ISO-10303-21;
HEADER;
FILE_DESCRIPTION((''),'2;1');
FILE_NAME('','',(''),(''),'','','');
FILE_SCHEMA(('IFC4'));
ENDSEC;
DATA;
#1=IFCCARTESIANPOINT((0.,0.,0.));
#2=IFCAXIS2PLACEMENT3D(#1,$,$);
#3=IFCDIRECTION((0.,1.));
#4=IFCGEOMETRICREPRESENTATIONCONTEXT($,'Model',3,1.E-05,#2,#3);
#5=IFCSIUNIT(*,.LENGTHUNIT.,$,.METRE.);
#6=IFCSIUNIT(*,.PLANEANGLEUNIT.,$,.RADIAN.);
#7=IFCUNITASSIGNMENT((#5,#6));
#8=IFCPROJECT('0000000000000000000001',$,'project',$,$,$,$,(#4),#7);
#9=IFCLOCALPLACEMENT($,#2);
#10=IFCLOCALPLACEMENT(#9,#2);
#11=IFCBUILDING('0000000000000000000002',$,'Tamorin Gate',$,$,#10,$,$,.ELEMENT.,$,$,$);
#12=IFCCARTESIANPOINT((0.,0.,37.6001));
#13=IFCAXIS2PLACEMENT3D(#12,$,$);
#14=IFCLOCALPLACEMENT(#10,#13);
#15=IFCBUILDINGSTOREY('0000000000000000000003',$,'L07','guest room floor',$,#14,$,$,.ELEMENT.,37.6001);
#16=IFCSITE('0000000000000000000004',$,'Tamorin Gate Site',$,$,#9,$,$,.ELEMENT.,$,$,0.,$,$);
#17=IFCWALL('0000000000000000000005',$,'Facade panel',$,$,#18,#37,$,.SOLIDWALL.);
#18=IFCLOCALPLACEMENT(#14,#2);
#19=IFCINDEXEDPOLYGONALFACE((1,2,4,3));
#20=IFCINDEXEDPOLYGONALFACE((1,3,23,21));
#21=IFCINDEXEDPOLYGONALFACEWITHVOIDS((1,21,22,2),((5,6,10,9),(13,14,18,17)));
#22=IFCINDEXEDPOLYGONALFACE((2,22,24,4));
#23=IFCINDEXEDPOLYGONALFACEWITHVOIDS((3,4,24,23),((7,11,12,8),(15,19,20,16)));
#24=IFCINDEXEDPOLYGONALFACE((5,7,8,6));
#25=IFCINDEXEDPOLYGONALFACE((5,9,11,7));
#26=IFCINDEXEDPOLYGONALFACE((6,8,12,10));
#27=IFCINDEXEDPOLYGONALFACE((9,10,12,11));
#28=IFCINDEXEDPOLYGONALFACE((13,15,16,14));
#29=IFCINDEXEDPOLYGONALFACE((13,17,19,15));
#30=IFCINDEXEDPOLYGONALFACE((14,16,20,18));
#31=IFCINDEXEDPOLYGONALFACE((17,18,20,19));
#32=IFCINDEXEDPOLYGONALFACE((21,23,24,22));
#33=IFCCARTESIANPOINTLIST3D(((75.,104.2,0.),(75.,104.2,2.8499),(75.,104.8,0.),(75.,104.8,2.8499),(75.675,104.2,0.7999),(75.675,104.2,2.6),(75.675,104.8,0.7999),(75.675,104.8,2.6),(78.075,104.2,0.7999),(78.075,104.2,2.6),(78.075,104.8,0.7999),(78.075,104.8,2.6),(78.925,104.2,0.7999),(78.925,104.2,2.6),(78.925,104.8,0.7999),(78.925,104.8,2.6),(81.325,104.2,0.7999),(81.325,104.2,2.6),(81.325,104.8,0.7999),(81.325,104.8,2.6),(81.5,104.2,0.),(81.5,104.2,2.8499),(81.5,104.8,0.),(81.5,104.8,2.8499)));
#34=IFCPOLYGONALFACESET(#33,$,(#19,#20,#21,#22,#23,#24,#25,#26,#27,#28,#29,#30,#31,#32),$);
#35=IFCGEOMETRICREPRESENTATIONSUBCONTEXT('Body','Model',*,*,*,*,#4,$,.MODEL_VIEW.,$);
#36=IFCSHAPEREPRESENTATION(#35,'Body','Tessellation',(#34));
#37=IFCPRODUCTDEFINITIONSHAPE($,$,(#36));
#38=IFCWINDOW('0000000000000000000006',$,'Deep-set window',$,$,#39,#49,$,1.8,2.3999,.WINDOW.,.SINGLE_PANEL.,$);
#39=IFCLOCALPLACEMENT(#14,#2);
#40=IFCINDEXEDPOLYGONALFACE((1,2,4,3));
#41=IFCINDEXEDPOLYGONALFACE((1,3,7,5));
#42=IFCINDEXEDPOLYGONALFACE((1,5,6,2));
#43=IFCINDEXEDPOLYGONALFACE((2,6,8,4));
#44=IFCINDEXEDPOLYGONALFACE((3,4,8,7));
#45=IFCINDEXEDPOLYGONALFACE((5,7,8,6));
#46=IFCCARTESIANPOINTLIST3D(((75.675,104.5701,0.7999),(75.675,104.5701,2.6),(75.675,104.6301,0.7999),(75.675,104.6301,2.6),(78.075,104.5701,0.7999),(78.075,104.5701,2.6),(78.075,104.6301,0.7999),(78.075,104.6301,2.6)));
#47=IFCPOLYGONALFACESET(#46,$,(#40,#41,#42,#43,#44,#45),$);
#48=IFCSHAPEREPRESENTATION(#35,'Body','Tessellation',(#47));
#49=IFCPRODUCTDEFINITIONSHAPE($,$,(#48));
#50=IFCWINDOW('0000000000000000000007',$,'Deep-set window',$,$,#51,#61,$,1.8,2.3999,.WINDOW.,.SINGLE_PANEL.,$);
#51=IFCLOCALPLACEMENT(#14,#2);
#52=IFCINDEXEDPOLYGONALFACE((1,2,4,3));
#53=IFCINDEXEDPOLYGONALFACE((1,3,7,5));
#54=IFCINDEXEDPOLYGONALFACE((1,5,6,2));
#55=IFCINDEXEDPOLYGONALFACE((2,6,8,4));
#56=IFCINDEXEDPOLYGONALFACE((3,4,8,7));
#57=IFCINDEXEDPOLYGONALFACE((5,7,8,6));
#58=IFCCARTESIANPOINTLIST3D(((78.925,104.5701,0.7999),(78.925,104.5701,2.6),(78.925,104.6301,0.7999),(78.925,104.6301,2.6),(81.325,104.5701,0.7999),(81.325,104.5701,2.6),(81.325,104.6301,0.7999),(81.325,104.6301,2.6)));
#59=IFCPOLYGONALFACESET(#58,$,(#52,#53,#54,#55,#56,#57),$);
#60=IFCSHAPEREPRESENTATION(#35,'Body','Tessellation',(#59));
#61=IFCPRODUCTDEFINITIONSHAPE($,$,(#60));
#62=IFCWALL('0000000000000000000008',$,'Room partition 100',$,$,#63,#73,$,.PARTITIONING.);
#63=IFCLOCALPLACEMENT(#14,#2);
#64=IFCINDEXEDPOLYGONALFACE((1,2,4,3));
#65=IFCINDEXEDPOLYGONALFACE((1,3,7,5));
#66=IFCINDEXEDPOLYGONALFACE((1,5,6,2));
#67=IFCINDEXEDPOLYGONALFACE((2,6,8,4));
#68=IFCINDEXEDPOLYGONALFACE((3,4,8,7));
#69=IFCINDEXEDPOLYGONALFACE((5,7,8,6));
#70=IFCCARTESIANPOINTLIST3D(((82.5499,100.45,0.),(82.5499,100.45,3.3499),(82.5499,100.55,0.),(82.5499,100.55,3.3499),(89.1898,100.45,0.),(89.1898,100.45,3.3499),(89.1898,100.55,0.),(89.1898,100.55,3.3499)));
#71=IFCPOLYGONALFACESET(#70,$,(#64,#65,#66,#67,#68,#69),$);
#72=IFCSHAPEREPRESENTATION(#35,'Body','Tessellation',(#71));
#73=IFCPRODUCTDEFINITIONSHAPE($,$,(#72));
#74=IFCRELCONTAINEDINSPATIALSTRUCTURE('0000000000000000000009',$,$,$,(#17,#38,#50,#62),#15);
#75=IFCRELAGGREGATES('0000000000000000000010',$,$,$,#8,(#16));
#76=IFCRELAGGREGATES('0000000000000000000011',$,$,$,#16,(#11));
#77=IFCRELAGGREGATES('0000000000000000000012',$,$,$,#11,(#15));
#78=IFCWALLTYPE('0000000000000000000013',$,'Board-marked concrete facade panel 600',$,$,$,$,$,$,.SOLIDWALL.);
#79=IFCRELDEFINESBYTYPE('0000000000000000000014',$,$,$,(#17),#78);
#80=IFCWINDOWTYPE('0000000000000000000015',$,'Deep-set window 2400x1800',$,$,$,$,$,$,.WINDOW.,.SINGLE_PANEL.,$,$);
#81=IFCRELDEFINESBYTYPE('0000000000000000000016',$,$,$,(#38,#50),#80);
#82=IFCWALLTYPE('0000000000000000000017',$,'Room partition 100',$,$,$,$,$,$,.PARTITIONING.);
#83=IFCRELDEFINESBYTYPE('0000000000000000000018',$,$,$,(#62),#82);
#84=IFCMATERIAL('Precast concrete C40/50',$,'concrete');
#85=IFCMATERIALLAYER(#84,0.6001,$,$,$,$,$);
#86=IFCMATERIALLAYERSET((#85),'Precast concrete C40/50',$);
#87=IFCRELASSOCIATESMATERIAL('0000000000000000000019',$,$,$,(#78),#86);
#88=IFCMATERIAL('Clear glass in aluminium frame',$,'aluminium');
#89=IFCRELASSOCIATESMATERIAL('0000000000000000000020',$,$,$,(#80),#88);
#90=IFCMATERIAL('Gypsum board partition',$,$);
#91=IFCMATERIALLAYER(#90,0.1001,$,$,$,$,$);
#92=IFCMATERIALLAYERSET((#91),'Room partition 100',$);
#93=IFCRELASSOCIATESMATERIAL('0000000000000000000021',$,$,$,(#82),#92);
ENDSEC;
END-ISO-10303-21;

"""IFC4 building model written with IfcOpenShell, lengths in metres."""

from ifc_helpers import new_model, si_unit, direction, frame, frame_2d, origin, place, context, subcontext, project, spatial, rectangle, extrude, material, layer, layer_set, type_object, element, fill, save


model = new_model("IFC4")

# Units and contexts
model_context = context("Model", 3, precision=1e-05, world=origin(), true_north=direction((0.0, 1.0)))
body_context = subcontext(model_context, "Body", "Model", "MODEL_VIEW")
ifc_project = project(units=[si_unit("LENGTHUNIT", "METRE"), si_unit("PLANEANGLEUNIT", "RADIAN")], contexts=[model_context])

# Site, building, storey
site_placement = place(None, origin())
site = spatial("IfcSite", under=ifc_project, at=site_placement, Name="Tamorin Gate Site", CompositionType="ELEMENT", RefElevation=0.0)
building_placement = place(site_placement, origin())
building = spatial("IfcBuilding", under=site, at=building_placement, Name="Tamorin Gate", CompositionType="ELEMENT")
storey_placement = place(building_placement, frame((0.0, 0.0, 37.6001)))
storey = spatial("IfcBuildingStorey", under=building, at=storey_placement, Name="L07", Description="guest room floor", CompositionType="ELEMENT", Elevation=37.6001)

# Shared definitions
ifc_material_1 = material(Name="Precast concrete C40/50", Category="concrete")
ifc_layer_1 = layer(ifc_material_1, 0.6001)
ifc_layer_set_1 = layer_set([ifc_layer_1], Name="Precast concrete C40/50")
wall_type_1 = type_object("IfcWallType", Name="Board-marked concrete facade panel 600", PredefinedType="SOLIDWALL", material=ifc_layer_set_1)
ifc_material_2 = material(Name="Clear glass in aluminium frame", Category="aluminium")
window_type = type_object("IfcWindowType", Name="Deep-set window 2400x1800", PartitioningType="SINGLE_PANEL", PredefinedType="WINDOW", material=ifc_material_2)

# Wall, openings, windows
wall_1_placement = place(storey_placement, frame((81.5, 104.5, 0.0), z_axis=(0.0, 0.0, 1.0), x_axis=(-1.0, 0.0, 0.0)))
wall_1 = element("IfcWall", 1, at=wall_1_placement, inside=storey, type_object=wall_type_1, Name="Facade panel", PredefinedType="SOLIDWALL", context=body_context, shape_type="SweptSolid", body=[
    extrude(rectangle(XDim=6.5, YDim=0.6001, at=frame_2d((3.25, 0.0))), origin(), (0.0, 0.0, 1.0), 2.8499),
])
opening_1_placement = place(wall_1_placement, frame((3.425, 0.0, 0.8)))
opening_1 = element("IfcOpeningElement", 2, at=opening_1_placement, cuts=wall_1, PredefinedType="OPENING", context=body_context, shape_type="SweptSolid", body=[
    extrude(rectangle(XDim=2.3999, YDim=1.8, at=frame_2d((1.2, 0.8999))), frame((0.0, 0.3101, 0.0), z_axis=(0.0, -1.0, 0.0), x_axis=(1.0, 0.0, 0.0)), (0.0, 0.0, 1.0), 0.6201),
])
opening_2_placement = place(wall_1_placement, frame((0.175, 0.0, 0.8)))
opening_2 = element("IfcOpeningElement", 3, at=opening_2_placement, cuts=wall_1, PredefinedType="OPENING", context=body_context, shape_type="SweptSolid", body=[
    extrude(rectangle(XDim=2.3999, YDim=1.8, at=frame_2d((1.2, 0.8999))), frame((0.0, 0.3101, 0.0), z_axis=(0.0, -1.0, 0.0), x_axis=(1.0, 0.0, 0.0)), (0.0, 0.0, 1.0), 0.6201),
])
window_1_placement = place(opening_1_placement, origin())
window_1 = element("IfcWindow", 4, at=window_1_placement, inside=storey, type_object=window_type, Name="Deep-set window", OverallHeight=1.8, OverallWidth=2.3999, PartitioningType="SINGLE_PANEL", PredefinedType="WINDOW", context=body_context, shape_type="SweptSolid", body=[
    extrude(rectangle(XDim=2.3999, YDim=1.8, at=frame_2d((1.2, 0.8999))), frame((0.0, -0.0701, 0.0), z_axis=(0.0, -1.0, 0.0), x_axis=(1.0, 0.0, 0.0)), (0.0, 0.0, 1.0), 0.0601),
])
fill(opening_1, window_1)
window_2_placement = place(opening_2_placement, origin())
window_2 = element("IfcWindow", 5, at=window_2_placement, inside=storey, type_object=window_type, Name="Deep-set window", OverallHeight=1.8, OverallWidth=2.3999, PartitioningType="SINGLE_PANEL", PredefinedType="WINDOW", context=body_context, shape_type="SweptSolid", body=[
    extrude(rectangle(XDim=2.3999, YDim=1.8, at=frame_2d((1.2, 0.8999))), frame((0.0, -0.0701, 0.0), z_axis=(0.0, -1.0, 0.0), x_axis=(1.0, 0.0, 0.0)), (0.0, 0.0, 1.0), 0.0601),
])
fill(opening_2, window_2)

# Wall
ifc_material_3 = material(Name="Gypsum board partition")
ifc_layer_2 = layer(ifc_material_3, 0.1001)
ifc_layer_set_2 = layer_set([ifc_layer_2], Name="Room partition 100")
wall_type_2 = type_object("IfcWallType", Name="Room partition 100", PredefinedType="PARTITIONING", material=ifc_layer_set_2)
wall_2_placement = place(storey_placement, frame((82.55, 100.5, 0.0), z_axis=(0.0, 0.0, 1.0), x_axis=(1.0, 0.0, 0.0)))
element("IfcWall", 6, at=wall_2_placement, inside=storey, type_object=wall_type_2, Name="Room partition 100", PredefinedType="PARTITIONING", context=body_context, shape_type="SweptSolid", body=[
    extrude(rectangle(XDim=6.6399, YDim=0.1001, at=frame_2d((3.3198, 0.0))), origin(), (0.0, 0.0, 1.0), 3.3499),
])

save(model, "model.ifc")
